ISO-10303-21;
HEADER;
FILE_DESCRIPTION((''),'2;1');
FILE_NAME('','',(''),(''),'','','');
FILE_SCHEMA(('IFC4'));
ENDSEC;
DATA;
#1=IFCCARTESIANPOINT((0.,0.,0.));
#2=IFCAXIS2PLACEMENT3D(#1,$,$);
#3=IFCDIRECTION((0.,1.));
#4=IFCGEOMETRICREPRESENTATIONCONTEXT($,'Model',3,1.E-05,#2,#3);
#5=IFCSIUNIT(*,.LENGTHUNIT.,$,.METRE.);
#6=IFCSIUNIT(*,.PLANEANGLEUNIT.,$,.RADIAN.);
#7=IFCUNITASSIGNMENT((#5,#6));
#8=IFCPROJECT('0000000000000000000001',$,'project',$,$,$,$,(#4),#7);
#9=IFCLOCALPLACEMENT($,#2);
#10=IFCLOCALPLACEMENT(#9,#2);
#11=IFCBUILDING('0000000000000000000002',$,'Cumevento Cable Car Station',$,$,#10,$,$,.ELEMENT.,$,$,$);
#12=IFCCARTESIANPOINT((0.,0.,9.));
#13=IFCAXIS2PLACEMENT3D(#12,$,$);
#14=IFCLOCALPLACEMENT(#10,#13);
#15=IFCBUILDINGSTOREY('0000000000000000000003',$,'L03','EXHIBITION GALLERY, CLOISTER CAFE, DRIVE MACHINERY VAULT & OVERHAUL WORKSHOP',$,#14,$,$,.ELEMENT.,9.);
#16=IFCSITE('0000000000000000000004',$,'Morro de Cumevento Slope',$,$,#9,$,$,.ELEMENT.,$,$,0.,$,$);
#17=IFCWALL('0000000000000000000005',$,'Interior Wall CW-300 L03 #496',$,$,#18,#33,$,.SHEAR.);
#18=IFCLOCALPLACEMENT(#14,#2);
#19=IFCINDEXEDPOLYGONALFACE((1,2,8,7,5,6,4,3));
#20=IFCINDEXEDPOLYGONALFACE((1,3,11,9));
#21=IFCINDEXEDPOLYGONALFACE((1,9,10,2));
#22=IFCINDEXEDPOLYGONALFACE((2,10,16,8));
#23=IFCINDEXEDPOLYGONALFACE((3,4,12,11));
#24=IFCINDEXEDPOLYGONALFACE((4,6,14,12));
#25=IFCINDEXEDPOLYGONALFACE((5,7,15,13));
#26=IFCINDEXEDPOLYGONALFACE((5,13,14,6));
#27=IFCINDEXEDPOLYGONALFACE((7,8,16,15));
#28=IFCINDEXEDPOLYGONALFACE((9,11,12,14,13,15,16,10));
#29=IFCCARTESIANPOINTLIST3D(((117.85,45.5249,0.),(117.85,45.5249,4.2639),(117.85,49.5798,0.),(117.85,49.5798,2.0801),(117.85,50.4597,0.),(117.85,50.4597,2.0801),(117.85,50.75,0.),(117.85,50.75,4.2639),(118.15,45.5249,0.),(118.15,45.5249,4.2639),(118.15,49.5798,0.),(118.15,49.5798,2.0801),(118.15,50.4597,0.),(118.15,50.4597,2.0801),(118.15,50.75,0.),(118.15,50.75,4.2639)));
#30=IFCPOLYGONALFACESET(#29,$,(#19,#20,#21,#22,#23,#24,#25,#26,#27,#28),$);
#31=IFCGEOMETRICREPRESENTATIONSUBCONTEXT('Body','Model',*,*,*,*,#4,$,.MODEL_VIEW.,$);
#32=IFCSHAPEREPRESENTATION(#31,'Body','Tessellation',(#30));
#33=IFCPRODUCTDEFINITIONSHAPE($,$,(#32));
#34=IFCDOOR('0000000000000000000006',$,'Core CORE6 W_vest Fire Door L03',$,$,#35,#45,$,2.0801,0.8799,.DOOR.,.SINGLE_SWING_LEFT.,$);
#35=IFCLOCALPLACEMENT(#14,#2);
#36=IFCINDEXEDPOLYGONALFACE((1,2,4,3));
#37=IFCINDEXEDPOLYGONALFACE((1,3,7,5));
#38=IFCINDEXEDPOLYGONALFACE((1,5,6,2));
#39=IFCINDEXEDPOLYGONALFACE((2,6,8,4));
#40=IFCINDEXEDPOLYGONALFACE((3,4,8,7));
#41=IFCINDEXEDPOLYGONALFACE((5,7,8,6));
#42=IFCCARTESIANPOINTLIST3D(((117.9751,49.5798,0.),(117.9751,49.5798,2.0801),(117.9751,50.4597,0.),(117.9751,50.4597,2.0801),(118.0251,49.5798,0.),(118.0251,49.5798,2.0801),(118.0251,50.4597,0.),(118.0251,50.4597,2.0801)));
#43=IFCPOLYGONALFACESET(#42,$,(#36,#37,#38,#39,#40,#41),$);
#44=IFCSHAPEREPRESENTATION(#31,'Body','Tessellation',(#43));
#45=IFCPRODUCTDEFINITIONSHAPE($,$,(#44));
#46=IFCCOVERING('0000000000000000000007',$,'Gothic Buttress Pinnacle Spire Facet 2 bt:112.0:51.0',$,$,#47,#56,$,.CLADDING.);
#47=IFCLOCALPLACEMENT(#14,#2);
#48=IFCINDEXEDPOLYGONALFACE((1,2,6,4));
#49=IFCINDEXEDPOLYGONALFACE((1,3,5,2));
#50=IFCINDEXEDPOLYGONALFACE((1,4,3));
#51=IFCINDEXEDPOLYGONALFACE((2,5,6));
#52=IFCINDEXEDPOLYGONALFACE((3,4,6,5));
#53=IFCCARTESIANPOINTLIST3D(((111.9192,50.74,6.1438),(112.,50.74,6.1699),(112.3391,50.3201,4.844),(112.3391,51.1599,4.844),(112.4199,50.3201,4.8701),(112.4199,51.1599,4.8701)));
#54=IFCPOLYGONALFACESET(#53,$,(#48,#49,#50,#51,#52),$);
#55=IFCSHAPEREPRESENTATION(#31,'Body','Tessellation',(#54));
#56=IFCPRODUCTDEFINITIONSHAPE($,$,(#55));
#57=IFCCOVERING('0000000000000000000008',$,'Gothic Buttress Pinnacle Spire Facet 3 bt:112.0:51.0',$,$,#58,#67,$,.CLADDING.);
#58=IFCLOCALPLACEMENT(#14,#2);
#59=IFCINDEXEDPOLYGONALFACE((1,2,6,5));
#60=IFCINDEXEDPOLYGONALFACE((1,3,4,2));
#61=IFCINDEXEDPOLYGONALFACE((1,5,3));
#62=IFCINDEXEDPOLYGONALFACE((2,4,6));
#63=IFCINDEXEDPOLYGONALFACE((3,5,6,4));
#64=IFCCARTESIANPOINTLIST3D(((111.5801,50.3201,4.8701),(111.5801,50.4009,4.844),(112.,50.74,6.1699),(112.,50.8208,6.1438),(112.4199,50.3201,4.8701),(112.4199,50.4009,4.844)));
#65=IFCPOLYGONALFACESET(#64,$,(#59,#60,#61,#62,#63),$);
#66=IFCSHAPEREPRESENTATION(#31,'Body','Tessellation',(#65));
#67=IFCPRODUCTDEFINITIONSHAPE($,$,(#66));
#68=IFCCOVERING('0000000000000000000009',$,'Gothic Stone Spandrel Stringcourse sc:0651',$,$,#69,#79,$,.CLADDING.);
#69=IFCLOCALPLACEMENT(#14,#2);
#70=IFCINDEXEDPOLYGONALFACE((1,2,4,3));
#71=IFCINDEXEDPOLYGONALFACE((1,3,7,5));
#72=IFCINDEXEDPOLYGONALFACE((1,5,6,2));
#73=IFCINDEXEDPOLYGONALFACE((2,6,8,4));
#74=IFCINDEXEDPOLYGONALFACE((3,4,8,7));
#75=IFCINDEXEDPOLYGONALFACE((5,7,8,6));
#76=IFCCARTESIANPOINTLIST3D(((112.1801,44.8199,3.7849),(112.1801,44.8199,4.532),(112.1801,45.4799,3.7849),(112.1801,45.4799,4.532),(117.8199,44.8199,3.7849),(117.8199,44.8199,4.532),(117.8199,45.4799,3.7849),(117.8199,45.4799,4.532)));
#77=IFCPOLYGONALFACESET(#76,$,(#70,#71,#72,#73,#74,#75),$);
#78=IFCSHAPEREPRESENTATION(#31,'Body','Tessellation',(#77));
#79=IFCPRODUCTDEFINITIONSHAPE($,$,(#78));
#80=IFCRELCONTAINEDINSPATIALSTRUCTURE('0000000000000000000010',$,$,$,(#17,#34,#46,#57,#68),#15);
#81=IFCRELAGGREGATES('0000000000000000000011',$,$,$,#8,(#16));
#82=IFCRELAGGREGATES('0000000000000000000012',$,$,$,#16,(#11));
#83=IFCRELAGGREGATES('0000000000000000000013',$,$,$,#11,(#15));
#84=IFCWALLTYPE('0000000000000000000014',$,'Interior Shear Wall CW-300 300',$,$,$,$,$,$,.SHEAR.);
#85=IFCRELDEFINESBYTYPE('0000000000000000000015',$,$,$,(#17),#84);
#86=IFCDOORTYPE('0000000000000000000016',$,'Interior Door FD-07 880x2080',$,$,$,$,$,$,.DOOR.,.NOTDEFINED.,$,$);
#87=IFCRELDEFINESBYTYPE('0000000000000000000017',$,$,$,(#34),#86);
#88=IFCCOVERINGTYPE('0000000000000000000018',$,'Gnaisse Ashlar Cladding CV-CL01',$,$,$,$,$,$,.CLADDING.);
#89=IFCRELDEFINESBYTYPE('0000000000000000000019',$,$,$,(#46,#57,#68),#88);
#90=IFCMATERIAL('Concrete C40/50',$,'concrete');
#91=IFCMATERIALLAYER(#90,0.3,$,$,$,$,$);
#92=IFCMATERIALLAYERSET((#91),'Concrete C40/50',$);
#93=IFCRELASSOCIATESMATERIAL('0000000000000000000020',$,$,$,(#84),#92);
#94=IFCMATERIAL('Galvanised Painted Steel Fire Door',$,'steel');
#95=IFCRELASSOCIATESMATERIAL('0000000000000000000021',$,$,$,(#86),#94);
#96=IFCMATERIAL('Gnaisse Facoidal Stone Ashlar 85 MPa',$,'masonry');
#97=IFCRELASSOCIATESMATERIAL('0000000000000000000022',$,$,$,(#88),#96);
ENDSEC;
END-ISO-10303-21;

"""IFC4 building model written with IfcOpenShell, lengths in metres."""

from ifc_helpers import new_model, si_unit, direction, frame, frame_2d, origin, origin_2d, place, context, subcontext, project, spatial, polyline, rectangle, outline, extrude, material, layer, layer_set, type_object, element, fill, save


model = new_model("IFC4")

# Units and contexts
model_context = context("Model", 3, precision=1e-05, world=origin(), true_north=direction((0.0, 1.0)))
body_context = subcontext(model_context, "Body", "Model", "MODEL_VIEW")
ifc_project = project(units=[si_unit("LENGTHUNIT", "METRE"), si_unit("PLANEANGLEUNIT", "RADIAN")], contexts=[model_context])

# Site, building, storey
site_placement = place(None, origin())
site = spatial("IfcSite", under=ifc_project, at=site_placement, Name="Morro de Cumevento Slope", CompositionType="ELEMENT", RefElevation=0.0)
building_placement = place(site_placement, origin())
building = spatial("IfcBuilding", under=site, at=building_placement, Name="Cumevento Cable Car Station", CompositionType="ELEMENT")
storey_placement = place(building_placement, frame((0.0, 0.0, 9.0)))
storey = spatial("IfcBuildingStorey", under=building, at=storey_placement, Name="L03", Description="EXHIBITION GALLERY, CLOISTER CAFE, DRIVE MACHINERY VAULT & OVERHAUL WORKSHOP", CompositionType="ELEMENT", Elevation=9.0)

# Wall, opening, door
ifc_material_1 = material(Name="Concrete C40/50", Category="concrete")
ifc_layer_1 = layer(ifc_material_1, 0.3)
ifc_layer_set_1 = layer_set([ifc_layer_1], Name="Concrete C40/50")
wall_type_1 = type_object("IfcWallType", Name="Interior Shear Wall CW-300 300", PredefinedType="SHEAR", material=ifc_layer_set_1)
wall_1_placement = place(storey_placement, frame((118.0, 45.5249, 0.0), z_axis=(0.0, 0.0, 1.0), x_axis=(0.0, 1.0, 0.0)))
wall_1 = element("IfcWall", 1, at=wall_1_placement, inside=storey, type_object=wall_type_1, Name="Interior Wall CW-300 L03 #496", PredefinedType="SHEAR", context=body_context, shape_type="SweptSolid", body=[
    extrude(rectangle(XDim=5.2251, YDim=0.3, at=frame_2d((2.6125, 0.0))), origin(), (0.0, 0.0, 1.0), 4.2639),
])
opening_placement = place(wall_1_placement, frame((4.0549, 0.0, 0.0)))
opening = element("IfcOpeningElement", 2, at=opening_placement, cuts=wall_1, PredefinedType="OPENING", context=body_context, shape_type="SweptSolid", body=[
    extrude(rectangle(XDim=0.8799, YDim=2.0801, at=frame_2d((0.4399, 1.04))), frame((0.0, 0.1599, 0.0), z_axis=(0.0, -1.0, 0.0), x_axis=(1.0, 0.0, 0.0)), (0.0, 0.0, 1.0), 0.3201),
])
ifc_material_2 = material(Name="Galvanised Painted Steel Fire Door", Category="steel")
door_type = type_object("IfcDoorType", Name="Interior Door FD-07 880x2080", OperationType="NOTDEFINED", PredefinedType="DOOR", material=ifc_material_2)
door_placement = place(opening_placement, origin())
door = element("IfcDoor", 3, at=door_placement, inside=storey, type_object=door_type, Name="Core CORE6 W_vest Fire Door L03", OperationType="SINGLE_SWING_LEFT", OverallHeight=2.0801, OverallWidth=0.8799, PredefinedType="DOOR", context=body_context, shape_type="SweptSolid", body=[
    extrude(rectangle(XDim=0.8799, YDim=2.0801, at=frame_2d((0.4399, 1.04))), frame((0.0, 0.0249, 0.0), z_axis=(0.0, -1.0, 0.0), x_axis=(1.0, 0.0, 0.0)), (0.0, 0.0, 1.0), 0.05),
])
fill(opening, door)

# Coverings
ifc_material_3 = material(Name="Gnaisse Facoidal Stone Ashlar 85 MPa", Category="masonry")
covering_type = type_object("IfcCoveringType", Name="Gnaisse Ashlar Cladding CV-CL01", PredefinedType="CLADDING", material=ifc_material_3)
for number, where, z_axis, x_axis, name in (
    (4, (112.4199, 51.1599, 4.8701), (0.951574, 0.0, 0.307421), (0.0, -1.0, 0.0), "Gothic Buttress Pinnacle Spire Facet 2 bt:112.0:51.0"),
    (5, (112.4199, 50.3201, 4.8701), (0.0, -0.951574, 0.307421), (-1.0, 0.0, 0.0), "Gothic Buttress Pinnacle Spire Facet 3 bt:112.0:51.0"),
):
    element("IfcCovering", number, at=place(storey_placement, frame(where, z_axis=z_axis, x_axis=x_axis)), inside=storey, type_object=covering_type, Name=name, PredefinedType="CLADDING", context=body_context, shape_type="SweptSolid", body=[
        extrude(outline(polyline([(0.0, 0.0), (0.8398, 0.0), (0.4199, -1.366), (0.0, 0.0)])), origin(), (0.0, 0.0, -1.0), 0.085),
    ])
covering_1_placement = place(storey_placement, frame((115.0, 45.1499, 3.7849), z_axis=(0.0, 0.0, 1.0), x_axis=(-1.0, 0.0, 0.0)))
element("IfcCovering", 6, at=covering_1_placement, inside=storey, type_object=covering_type, Name="Gothic Stone Spandrel Stringcourse sc:0651", PredefinedType="CLADDING", context=body_context, shape_type="SweptSolid", body=[
    extrude(rectangle(XDim=5.6399, YDim=0.6599, at=origin_2d()), origin(), (0.0, 0.0, 1.0), 0.7471),
])

save(model, "model.ifc")
